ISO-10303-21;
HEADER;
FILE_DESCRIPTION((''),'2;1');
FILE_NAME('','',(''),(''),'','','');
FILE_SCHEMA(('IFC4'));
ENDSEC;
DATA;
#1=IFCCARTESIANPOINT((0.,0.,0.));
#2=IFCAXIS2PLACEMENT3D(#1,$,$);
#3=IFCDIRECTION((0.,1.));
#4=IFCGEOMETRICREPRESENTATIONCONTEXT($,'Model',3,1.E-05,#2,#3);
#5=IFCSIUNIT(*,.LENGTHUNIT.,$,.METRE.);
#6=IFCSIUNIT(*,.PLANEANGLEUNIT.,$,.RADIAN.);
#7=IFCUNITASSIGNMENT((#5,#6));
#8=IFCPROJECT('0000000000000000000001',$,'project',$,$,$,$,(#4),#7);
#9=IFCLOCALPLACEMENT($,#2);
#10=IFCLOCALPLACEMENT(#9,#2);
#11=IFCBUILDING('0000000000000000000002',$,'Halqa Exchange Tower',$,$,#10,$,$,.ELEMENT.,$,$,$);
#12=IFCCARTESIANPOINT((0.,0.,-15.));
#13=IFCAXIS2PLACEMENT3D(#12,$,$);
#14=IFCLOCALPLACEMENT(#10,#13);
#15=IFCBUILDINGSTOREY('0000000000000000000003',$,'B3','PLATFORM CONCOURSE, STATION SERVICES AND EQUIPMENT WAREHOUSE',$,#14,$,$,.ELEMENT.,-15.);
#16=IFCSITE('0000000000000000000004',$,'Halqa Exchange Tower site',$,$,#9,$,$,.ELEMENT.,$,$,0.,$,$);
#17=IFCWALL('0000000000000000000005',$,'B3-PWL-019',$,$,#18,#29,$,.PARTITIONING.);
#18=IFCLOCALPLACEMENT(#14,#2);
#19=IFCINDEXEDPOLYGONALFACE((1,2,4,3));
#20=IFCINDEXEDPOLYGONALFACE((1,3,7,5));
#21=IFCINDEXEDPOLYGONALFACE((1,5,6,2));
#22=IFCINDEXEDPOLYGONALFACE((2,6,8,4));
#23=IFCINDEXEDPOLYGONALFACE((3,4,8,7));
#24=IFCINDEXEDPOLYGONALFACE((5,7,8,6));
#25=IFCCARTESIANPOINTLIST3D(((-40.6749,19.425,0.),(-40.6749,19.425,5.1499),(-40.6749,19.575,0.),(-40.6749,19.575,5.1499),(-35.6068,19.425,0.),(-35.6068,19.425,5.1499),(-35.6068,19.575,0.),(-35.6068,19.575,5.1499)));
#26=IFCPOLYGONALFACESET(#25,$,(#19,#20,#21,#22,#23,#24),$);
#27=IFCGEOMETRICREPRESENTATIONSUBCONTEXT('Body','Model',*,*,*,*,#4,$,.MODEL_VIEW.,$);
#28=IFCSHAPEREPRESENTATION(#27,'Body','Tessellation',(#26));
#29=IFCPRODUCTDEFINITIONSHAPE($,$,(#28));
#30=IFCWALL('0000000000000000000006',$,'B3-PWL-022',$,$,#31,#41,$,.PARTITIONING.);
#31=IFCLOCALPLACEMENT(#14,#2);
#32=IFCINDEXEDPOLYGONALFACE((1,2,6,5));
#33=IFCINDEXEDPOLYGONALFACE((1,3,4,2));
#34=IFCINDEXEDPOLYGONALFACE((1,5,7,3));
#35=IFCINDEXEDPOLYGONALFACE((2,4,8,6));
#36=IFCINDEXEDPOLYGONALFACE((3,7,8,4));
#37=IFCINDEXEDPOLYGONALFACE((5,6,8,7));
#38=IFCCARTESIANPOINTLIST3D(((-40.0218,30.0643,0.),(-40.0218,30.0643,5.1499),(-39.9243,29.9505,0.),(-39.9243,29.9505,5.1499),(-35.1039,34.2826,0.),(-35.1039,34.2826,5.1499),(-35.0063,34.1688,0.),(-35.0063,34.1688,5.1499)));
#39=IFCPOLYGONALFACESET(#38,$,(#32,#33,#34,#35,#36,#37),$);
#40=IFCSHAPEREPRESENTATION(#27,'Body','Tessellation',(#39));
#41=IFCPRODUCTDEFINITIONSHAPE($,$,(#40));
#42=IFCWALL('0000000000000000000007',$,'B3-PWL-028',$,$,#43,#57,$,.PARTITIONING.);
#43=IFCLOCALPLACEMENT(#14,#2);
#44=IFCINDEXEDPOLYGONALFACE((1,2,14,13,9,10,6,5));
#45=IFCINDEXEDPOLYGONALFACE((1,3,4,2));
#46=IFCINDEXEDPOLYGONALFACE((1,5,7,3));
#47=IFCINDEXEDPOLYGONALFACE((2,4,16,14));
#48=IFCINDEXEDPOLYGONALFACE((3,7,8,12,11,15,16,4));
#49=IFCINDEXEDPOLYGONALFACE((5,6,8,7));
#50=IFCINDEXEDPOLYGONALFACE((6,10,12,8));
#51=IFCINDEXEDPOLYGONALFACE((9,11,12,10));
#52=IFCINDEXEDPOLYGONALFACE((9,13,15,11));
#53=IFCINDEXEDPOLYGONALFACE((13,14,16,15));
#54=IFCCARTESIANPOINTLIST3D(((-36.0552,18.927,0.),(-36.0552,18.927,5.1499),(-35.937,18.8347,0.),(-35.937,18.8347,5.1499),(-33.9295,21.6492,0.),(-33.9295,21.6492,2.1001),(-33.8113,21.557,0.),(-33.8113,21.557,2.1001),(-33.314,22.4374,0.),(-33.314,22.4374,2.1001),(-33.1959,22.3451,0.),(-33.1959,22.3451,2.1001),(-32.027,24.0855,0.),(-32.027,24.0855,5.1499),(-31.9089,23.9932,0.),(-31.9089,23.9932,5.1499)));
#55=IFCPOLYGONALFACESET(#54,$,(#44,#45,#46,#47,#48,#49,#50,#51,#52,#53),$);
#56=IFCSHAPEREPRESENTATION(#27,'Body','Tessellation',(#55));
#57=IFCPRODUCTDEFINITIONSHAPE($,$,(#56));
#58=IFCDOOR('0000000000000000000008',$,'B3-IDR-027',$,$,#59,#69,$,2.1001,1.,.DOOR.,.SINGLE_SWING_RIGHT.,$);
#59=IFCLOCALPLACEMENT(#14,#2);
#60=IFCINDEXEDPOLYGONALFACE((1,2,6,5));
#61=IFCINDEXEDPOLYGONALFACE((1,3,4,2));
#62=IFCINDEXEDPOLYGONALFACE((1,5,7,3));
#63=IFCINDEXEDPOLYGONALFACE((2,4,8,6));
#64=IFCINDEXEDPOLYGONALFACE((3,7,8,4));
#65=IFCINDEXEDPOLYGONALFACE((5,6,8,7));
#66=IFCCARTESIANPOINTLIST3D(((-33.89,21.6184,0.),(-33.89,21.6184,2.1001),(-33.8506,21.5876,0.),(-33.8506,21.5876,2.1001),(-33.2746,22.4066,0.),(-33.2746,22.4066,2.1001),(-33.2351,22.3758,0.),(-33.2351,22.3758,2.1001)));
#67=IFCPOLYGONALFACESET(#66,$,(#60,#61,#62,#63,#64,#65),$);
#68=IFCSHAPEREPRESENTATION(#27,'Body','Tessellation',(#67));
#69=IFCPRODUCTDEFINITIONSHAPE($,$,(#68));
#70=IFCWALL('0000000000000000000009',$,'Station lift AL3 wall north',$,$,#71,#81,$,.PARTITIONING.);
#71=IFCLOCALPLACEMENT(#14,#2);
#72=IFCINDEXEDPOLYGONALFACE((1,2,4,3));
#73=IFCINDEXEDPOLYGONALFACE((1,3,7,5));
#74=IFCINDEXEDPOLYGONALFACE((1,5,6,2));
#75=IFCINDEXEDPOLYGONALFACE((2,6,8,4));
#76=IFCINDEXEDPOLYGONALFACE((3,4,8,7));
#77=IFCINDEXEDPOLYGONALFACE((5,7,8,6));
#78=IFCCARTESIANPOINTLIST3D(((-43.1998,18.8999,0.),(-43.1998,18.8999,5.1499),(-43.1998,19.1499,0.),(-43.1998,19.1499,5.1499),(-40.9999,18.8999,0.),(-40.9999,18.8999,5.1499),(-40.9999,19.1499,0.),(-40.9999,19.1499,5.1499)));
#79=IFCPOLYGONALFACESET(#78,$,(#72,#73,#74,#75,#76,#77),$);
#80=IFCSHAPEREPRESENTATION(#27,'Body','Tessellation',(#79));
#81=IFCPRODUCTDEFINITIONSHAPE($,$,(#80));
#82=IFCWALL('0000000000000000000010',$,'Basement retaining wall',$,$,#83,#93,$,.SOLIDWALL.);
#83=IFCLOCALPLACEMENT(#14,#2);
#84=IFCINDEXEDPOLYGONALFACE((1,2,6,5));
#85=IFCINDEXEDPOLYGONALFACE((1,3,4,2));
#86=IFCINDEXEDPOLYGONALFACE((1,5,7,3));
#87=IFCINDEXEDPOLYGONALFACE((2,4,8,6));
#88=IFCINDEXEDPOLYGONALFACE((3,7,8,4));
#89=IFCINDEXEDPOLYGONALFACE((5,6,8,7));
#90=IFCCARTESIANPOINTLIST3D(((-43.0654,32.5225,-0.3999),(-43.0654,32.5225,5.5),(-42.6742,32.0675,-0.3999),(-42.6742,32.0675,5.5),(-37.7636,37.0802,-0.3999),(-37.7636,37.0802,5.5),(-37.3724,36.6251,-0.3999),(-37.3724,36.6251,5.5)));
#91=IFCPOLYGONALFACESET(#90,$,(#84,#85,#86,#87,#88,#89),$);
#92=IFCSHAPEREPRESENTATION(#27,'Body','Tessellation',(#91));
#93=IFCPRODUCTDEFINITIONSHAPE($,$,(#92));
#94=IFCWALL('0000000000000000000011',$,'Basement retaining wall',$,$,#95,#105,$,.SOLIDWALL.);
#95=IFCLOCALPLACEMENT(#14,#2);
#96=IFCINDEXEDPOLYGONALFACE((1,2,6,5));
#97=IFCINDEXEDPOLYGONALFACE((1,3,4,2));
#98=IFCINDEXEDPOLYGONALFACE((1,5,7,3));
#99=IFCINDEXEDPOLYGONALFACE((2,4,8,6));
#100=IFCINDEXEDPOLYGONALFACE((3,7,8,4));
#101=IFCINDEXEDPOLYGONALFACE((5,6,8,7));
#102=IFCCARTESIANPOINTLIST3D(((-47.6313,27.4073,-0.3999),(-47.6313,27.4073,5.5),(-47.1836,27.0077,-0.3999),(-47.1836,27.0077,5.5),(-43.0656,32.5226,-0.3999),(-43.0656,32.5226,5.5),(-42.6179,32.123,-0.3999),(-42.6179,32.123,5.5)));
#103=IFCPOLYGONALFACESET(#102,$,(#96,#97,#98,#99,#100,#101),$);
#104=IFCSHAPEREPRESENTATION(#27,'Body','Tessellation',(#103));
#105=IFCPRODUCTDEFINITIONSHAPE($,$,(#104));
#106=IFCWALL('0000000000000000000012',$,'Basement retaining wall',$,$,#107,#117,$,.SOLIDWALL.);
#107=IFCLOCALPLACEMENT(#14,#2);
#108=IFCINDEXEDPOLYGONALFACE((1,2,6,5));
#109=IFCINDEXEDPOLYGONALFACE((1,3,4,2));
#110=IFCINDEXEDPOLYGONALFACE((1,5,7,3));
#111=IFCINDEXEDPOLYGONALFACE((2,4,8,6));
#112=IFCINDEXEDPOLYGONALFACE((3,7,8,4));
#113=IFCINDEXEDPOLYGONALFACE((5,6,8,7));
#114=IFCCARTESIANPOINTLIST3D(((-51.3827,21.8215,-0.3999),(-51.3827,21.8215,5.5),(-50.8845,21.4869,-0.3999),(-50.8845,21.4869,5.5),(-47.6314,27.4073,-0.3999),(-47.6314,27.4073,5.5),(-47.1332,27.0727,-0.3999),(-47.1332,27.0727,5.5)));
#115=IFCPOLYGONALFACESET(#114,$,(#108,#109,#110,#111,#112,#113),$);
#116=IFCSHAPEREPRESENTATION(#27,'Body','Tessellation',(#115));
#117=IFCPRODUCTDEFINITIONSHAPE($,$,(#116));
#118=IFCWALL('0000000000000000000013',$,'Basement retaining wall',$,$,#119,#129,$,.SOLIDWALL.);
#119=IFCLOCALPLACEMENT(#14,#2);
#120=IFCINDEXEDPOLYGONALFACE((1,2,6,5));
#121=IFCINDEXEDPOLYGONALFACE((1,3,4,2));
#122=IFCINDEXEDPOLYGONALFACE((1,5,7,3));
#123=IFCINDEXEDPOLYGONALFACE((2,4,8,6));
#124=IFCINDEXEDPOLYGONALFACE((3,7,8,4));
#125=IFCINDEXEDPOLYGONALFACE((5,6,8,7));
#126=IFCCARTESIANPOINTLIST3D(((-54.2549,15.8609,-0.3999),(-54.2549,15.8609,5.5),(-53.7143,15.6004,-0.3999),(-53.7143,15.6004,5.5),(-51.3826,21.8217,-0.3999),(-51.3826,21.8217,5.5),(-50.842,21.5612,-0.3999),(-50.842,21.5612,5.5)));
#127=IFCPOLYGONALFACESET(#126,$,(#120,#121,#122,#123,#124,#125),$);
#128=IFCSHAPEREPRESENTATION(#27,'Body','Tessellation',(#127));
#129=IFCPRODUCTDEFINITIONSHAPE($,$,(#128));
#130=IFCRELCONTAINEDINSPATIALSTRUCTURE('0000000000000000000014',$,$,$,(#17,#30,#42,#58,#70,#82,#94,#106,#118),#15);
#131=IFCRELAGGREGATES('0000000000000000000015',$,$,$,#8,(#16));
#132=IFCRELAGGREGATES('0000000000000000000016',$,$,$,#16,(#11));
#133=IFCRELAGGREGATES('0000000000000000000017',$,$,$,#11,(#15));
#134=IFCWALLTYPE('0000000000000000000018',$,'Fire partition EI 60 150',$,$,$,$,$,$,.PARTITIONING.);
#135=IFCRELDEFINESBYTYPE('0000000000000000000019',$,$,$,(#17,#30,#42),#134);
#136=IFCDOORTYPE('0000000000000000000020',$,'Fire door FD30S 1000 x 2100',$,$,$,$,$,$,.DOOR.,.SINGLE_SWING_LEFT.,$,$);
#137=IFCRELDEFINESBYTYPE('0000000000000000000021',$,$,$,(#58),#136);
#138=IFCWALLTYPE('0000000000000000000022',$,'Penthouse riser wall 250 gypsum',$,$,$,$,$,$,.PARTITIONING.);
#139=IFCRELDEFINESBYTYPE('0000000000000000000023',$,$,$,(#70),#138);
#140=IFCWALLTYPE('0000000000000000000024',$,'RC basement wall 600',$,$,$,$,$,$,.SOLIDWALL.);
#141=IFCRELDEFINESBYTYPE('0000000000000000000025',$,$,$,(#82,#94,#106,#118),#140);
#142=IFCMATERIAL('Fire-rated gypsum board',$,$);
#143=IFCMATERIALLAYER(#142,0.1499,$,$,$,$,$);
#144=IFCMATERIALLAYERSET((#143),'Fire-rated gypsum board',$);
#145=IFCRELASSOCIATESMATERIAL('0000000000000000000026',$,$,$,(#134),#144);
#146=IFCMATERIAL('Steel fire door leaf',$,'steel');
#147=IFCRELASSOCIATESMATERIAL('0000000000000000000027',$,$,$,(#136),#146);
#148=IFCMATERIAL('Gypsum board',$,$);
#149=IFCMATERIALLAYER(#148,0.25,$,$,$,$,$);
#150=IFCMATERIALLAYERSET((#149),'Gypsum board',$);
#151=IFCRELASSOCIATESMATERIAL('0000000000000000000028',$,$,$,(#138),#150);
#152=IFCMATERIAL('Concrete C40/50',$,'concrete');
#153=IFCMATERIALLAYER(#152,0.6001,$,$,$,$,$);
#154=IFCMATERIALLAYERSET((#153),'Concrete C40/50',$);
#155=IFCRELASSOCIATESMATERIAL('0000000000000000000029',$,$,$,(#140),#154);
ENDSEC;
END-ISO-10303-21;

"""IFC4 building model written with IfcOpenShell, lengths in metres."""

from ifc_helpers import new_model, si_unit, direction, frame, frame_2d, origin, place, context, subcontext, project, spatial, rectangle, extrude, material, layer, layer_set, type_object, element, fill, save


model = new_model("IFC4")

# Units and contexts
model_context = context("Model", 3, precision=1e-05, world=origin(), true_north=direction((0.0, 1.0)))
body_context = subcontext(model_context, "Body", "Model", "MODEL_VIEW")
ifc_project = project(units=[si_unit("LENGTHUNIT", "METRE"), si_unit("PLANEANGLEUNIT", "RADIAN")], contexts=[model_context])

# Site, building, storey
site_placement = place(None, origin())
site = spatial("IfcSite", under=ifc_project, at=site_placement, Name="Halqa Exchange Tower site", CompositionType="ELEMENT", RefElevation=0.0)
building_placement = place(site_placement, origin())
building = spatial("IfcBuilding", under=site, at=building_placement, Name="Halqa Exchange Tower", CompositionType="ELEMENT")
storey_placement = place(building_placement, frame((0.0, 0.0, -15.0)))
storey = spatial("IfcBuildingStorey", under=building, at=storey_placement, Name="B3", Description="PLATFORM CONCOURSE, STATION SERVICES AND EQUIPMENT WAREHOUSE", CompositionType="ELEMENT", Elevation=-15.0)

# Shared definitions
ifc_material_1 = material(Name="Concrete C40/50", Category="concrete")

# Walls
ifc_material_2 = material(Name="Fire-rated gypsum board")
ifc_layer_1 = layer(ifc_material_2, 0.1499)
ifc_layer_set_1 = layer_set([ifc_layer_1], Name="Fire-rated gypsum board")
wall_type_1 = type_object("IfcWallType", Name="Fire partition EI 60 150", PredefinedType="PARTITIONING", material=ifc_layer_set_1)
wall_1_placement = place(storey_placement, frame((-40.675, 19.5, 0.0), z_axis=(0.0, 0.0, 1.0), x_axis=(1.0, 0.0, 0.0)))
element("IfcWall", 1, at=wall_1_placement, inside=storey, type_object=wall_type_1, Name="B3-PWL-019", PredefinedType="PARTITIONING", context=body_context, shape_type="SweptSolid", body=[
    extrude(rectangle(XDim=5.0681, YDim=0.1499, at=frame_2d((2.5342, 0.0))), origin(), (0.0, 0.0, 1.0), 5.1499),
])
wall_2_placement = place(storey_placement, frame((-39.9731, 30.0073, 0.0), z_axis=(0.0, 0.0, 1.0), x_axis=(0.759038, 0.651046, 0.0)))
element("IfcWall", 2, at=wall_2_placement, inside=storey, type_object=wall_type_1, Name="B3-PWL-022", PredefinedType="PARTITIONING", context=body_context, shape_type="SweptSolid", body=[
    extrude(rectangle(XDim=6.4792, YDim=0.1499, at=frame_2d((3.2397, 0.0))), origin(), (0.0, 0.0, 1.0), 5.1499),
])

# Wall, opening, door
wall_3_placement = place(storey_placement, frame((-35.9961, 18.8809, 0.0), z_axis=(0.0, 0.0, 1.0), x_axis=(0.615458, 0.78817, 0.0)))
wall_3 = element("IfcWall", 3, at=wall_3_placement, inside=storey, type_object=wall_type_1, Name="B3-PWL-028", PredefinedType="PARTITIONING", context=body_context, shape_type="SweptSolid", body=[
    extrude(rectangle(XDim=6.5449, YDim=0.1499, at=frame_2d((3.2725, 0.0))), origin(), (0.0, 0.0, 1.0), 5.1499),
])
opening_placement = place(wall_3_placement, frame((3.4539, 0.0, 0.0)))
opening = element("IfcOpeningElement", 4, at=opening_placement, cuts=wall_3, PredefinedType="OPENING", context=body_context, shape_type="SweptSolid", body=[
    extrude(rectangle(XDim=1.0, YDim=2.1001, at=frame_2d((0.5, 1.05))), frame((0.0, 0.0869, 0.0), z_axis=(0.0, -1.0, 0.0), x_axis=(1.0, 0.0, 0.0)), (0.0, 0.0, 1.0), 0.1738),
])
ifc_material_3 = material(Name="Steel fire door leaf", Category="steel")
door_type = type_object("IfcDoorType", Name="Fire door FD30S 1000 x 2100", OperationType="SINGLE_SWING_LEFT", PredefinedType="DOOR", material=ifc_material_3)
door_placement = place(opening_placement, origin())
door = element("IfcDoor", 5, at=door_placement, inside=storey, type_object=door_type, Name="B3-IDR-027", OperationType="SINGLE_SWING_RIGHT", OverallHeight=2.1001, OverallWidth=1.0, PredefinedType="DOOR", context=body_context, shape_type="SweptSolid", body=[
    extrude(rectangle(XDim=1.0, YDim=2.1001, at=frame_2d((0.5, 1.05))), frame((0.0, 0.0249, 0.0), z_axis=(0.0, -1.0, 0.0), x_axis=(1.0, 0.0, 0.0)), (0.0, 0.0, 1.0), 0.05),
])
fill(opening, door)

# Walls
ifc_material_4 = material(Name="Gypsum board")
ifc_layer_2 = layer(ifc_material_4, 0.25)
ifc_layer_set_2 = layer_set([ifc_layer_2], Name="Gypsum board")
wall_type_2 = type_object("IfcWallType", Name="Penthouse riser wall 250 gypsum", PredefinedType="PARTITIONING", material=ifc_layer_set_2)
wall_4_placement = place(storey_placement, frame((-43.2, 19.0249, 0.0), z_axis=(0.0, 0.0, 1.0), x_axis=(1.0, 0.0, 0.0)))
element("IfcWall", 6, at=wall_4_placement, inside=storey, type_object=wall_type_2, Name="Station lift AL3 wall north", PredefinedType="PARTITIONING", context=body_context, shape_type="SweptSolid", body=[
    extrude(rectangle(XDim=2.2, YDim=0.25, at=frame_2d((1.1001, 0.0))), origin(), (0.0, 0.0, 1.0), 5.1499),
])
ifc_layer_3 = layer(ifc_material_1, 0.6001)
ifc_layer_set_3 = layer_set([ifc_layer_3], Name="Concrete C40/50")
wall_type_3 = type_object("IfcWallType", Name="RC basement wall 600", PredefinedType="SOLIDWALL", material=ifc_layer_set_3)
wall_5_placement = place(storey_placement, frame((-37.5681, 36.8525, -0.3999), z_axis=(0.0, 0.0, 1.0), x_axis=(-0.758319, -0.651883, 0.0)))
element("IfcWall", 7, at=wall_5_placement, inside=storey, type_object=wall_type_3, Name="Basement retaining wall", PredefinedType="SOLIDWALL", context=body_context, shape_type="SweptSolid", body=[
    extrude(rectangle(XDim=6.9915, YDim=0.6001, at=frame_2d((3.4956, 0.0))), origin(), (0.0, 0.0, 1.0), 5.8999),
])
wall_6_placement = place(storey_placement, frame((-42.8418, 32.3228, -0.3999), z_axis=(0.0, 0.0, 1.0), x_axis=(-0.665894, -0.746046, 0.0)))
element("IfcWall", 8, at=wall_6_placement, inside=storey, type_object=wall_type_3, Name="Basement retaining wall", PredefinedType="SOLIDWALL", context=body_context, shape_type="SweptSolid", body=[
    extrude(rectangle(XDim=6.8564, YDim=0.6001, at=frame_2d((3.4282, 0.0))), origin(), (0.0, 0.0, 1.0), 5.8999),
])
wall_7_placement = place(storey_placement, frame((-47.3823, 27.24, -0.3999), z_axis=(0.0, 0.0, 1.0), x_axis=(-0.557519, -0.830164, 0.0)))
element("IfcWall", 9, at=wall_7_placement, inside=storey, type_object=wall_type_3, Name="Basement retaining wall", PredefinedType="SOLIDWALL", context=body_context, shape_type="SweptSolid", body=[
    extrude(rectangle(XDim=6.7285, YDim=0.6001, at=frame_2d((3.3643, 0.0))), origin(), (0.0, 0.0, 1.0), 5.8999),
])
wall_8_placement = place(storey_placement, frame((-51.1123, 21.6914, -0.3999), z_axis=(0.0, 0.0, 1.0), x_axis=(-0.434104, -0.900863, 0.0)))
element("IfcWall", 10, at=wall_8_placement, inside=storey, type_object=wall_type_3, Name="Basement retaining wall", PredefinedType="SOLIDWALL", context=body_context, shape_type="SweptSolid", body=[
    extrude(rectangle(XDim=6.6167, YDim=0.6001, at=frame_2d((3.3083, 0.0))), origin(), (0.0, 0.0, 1.0), 5.8999),
])

save(model, "model.ifc")
